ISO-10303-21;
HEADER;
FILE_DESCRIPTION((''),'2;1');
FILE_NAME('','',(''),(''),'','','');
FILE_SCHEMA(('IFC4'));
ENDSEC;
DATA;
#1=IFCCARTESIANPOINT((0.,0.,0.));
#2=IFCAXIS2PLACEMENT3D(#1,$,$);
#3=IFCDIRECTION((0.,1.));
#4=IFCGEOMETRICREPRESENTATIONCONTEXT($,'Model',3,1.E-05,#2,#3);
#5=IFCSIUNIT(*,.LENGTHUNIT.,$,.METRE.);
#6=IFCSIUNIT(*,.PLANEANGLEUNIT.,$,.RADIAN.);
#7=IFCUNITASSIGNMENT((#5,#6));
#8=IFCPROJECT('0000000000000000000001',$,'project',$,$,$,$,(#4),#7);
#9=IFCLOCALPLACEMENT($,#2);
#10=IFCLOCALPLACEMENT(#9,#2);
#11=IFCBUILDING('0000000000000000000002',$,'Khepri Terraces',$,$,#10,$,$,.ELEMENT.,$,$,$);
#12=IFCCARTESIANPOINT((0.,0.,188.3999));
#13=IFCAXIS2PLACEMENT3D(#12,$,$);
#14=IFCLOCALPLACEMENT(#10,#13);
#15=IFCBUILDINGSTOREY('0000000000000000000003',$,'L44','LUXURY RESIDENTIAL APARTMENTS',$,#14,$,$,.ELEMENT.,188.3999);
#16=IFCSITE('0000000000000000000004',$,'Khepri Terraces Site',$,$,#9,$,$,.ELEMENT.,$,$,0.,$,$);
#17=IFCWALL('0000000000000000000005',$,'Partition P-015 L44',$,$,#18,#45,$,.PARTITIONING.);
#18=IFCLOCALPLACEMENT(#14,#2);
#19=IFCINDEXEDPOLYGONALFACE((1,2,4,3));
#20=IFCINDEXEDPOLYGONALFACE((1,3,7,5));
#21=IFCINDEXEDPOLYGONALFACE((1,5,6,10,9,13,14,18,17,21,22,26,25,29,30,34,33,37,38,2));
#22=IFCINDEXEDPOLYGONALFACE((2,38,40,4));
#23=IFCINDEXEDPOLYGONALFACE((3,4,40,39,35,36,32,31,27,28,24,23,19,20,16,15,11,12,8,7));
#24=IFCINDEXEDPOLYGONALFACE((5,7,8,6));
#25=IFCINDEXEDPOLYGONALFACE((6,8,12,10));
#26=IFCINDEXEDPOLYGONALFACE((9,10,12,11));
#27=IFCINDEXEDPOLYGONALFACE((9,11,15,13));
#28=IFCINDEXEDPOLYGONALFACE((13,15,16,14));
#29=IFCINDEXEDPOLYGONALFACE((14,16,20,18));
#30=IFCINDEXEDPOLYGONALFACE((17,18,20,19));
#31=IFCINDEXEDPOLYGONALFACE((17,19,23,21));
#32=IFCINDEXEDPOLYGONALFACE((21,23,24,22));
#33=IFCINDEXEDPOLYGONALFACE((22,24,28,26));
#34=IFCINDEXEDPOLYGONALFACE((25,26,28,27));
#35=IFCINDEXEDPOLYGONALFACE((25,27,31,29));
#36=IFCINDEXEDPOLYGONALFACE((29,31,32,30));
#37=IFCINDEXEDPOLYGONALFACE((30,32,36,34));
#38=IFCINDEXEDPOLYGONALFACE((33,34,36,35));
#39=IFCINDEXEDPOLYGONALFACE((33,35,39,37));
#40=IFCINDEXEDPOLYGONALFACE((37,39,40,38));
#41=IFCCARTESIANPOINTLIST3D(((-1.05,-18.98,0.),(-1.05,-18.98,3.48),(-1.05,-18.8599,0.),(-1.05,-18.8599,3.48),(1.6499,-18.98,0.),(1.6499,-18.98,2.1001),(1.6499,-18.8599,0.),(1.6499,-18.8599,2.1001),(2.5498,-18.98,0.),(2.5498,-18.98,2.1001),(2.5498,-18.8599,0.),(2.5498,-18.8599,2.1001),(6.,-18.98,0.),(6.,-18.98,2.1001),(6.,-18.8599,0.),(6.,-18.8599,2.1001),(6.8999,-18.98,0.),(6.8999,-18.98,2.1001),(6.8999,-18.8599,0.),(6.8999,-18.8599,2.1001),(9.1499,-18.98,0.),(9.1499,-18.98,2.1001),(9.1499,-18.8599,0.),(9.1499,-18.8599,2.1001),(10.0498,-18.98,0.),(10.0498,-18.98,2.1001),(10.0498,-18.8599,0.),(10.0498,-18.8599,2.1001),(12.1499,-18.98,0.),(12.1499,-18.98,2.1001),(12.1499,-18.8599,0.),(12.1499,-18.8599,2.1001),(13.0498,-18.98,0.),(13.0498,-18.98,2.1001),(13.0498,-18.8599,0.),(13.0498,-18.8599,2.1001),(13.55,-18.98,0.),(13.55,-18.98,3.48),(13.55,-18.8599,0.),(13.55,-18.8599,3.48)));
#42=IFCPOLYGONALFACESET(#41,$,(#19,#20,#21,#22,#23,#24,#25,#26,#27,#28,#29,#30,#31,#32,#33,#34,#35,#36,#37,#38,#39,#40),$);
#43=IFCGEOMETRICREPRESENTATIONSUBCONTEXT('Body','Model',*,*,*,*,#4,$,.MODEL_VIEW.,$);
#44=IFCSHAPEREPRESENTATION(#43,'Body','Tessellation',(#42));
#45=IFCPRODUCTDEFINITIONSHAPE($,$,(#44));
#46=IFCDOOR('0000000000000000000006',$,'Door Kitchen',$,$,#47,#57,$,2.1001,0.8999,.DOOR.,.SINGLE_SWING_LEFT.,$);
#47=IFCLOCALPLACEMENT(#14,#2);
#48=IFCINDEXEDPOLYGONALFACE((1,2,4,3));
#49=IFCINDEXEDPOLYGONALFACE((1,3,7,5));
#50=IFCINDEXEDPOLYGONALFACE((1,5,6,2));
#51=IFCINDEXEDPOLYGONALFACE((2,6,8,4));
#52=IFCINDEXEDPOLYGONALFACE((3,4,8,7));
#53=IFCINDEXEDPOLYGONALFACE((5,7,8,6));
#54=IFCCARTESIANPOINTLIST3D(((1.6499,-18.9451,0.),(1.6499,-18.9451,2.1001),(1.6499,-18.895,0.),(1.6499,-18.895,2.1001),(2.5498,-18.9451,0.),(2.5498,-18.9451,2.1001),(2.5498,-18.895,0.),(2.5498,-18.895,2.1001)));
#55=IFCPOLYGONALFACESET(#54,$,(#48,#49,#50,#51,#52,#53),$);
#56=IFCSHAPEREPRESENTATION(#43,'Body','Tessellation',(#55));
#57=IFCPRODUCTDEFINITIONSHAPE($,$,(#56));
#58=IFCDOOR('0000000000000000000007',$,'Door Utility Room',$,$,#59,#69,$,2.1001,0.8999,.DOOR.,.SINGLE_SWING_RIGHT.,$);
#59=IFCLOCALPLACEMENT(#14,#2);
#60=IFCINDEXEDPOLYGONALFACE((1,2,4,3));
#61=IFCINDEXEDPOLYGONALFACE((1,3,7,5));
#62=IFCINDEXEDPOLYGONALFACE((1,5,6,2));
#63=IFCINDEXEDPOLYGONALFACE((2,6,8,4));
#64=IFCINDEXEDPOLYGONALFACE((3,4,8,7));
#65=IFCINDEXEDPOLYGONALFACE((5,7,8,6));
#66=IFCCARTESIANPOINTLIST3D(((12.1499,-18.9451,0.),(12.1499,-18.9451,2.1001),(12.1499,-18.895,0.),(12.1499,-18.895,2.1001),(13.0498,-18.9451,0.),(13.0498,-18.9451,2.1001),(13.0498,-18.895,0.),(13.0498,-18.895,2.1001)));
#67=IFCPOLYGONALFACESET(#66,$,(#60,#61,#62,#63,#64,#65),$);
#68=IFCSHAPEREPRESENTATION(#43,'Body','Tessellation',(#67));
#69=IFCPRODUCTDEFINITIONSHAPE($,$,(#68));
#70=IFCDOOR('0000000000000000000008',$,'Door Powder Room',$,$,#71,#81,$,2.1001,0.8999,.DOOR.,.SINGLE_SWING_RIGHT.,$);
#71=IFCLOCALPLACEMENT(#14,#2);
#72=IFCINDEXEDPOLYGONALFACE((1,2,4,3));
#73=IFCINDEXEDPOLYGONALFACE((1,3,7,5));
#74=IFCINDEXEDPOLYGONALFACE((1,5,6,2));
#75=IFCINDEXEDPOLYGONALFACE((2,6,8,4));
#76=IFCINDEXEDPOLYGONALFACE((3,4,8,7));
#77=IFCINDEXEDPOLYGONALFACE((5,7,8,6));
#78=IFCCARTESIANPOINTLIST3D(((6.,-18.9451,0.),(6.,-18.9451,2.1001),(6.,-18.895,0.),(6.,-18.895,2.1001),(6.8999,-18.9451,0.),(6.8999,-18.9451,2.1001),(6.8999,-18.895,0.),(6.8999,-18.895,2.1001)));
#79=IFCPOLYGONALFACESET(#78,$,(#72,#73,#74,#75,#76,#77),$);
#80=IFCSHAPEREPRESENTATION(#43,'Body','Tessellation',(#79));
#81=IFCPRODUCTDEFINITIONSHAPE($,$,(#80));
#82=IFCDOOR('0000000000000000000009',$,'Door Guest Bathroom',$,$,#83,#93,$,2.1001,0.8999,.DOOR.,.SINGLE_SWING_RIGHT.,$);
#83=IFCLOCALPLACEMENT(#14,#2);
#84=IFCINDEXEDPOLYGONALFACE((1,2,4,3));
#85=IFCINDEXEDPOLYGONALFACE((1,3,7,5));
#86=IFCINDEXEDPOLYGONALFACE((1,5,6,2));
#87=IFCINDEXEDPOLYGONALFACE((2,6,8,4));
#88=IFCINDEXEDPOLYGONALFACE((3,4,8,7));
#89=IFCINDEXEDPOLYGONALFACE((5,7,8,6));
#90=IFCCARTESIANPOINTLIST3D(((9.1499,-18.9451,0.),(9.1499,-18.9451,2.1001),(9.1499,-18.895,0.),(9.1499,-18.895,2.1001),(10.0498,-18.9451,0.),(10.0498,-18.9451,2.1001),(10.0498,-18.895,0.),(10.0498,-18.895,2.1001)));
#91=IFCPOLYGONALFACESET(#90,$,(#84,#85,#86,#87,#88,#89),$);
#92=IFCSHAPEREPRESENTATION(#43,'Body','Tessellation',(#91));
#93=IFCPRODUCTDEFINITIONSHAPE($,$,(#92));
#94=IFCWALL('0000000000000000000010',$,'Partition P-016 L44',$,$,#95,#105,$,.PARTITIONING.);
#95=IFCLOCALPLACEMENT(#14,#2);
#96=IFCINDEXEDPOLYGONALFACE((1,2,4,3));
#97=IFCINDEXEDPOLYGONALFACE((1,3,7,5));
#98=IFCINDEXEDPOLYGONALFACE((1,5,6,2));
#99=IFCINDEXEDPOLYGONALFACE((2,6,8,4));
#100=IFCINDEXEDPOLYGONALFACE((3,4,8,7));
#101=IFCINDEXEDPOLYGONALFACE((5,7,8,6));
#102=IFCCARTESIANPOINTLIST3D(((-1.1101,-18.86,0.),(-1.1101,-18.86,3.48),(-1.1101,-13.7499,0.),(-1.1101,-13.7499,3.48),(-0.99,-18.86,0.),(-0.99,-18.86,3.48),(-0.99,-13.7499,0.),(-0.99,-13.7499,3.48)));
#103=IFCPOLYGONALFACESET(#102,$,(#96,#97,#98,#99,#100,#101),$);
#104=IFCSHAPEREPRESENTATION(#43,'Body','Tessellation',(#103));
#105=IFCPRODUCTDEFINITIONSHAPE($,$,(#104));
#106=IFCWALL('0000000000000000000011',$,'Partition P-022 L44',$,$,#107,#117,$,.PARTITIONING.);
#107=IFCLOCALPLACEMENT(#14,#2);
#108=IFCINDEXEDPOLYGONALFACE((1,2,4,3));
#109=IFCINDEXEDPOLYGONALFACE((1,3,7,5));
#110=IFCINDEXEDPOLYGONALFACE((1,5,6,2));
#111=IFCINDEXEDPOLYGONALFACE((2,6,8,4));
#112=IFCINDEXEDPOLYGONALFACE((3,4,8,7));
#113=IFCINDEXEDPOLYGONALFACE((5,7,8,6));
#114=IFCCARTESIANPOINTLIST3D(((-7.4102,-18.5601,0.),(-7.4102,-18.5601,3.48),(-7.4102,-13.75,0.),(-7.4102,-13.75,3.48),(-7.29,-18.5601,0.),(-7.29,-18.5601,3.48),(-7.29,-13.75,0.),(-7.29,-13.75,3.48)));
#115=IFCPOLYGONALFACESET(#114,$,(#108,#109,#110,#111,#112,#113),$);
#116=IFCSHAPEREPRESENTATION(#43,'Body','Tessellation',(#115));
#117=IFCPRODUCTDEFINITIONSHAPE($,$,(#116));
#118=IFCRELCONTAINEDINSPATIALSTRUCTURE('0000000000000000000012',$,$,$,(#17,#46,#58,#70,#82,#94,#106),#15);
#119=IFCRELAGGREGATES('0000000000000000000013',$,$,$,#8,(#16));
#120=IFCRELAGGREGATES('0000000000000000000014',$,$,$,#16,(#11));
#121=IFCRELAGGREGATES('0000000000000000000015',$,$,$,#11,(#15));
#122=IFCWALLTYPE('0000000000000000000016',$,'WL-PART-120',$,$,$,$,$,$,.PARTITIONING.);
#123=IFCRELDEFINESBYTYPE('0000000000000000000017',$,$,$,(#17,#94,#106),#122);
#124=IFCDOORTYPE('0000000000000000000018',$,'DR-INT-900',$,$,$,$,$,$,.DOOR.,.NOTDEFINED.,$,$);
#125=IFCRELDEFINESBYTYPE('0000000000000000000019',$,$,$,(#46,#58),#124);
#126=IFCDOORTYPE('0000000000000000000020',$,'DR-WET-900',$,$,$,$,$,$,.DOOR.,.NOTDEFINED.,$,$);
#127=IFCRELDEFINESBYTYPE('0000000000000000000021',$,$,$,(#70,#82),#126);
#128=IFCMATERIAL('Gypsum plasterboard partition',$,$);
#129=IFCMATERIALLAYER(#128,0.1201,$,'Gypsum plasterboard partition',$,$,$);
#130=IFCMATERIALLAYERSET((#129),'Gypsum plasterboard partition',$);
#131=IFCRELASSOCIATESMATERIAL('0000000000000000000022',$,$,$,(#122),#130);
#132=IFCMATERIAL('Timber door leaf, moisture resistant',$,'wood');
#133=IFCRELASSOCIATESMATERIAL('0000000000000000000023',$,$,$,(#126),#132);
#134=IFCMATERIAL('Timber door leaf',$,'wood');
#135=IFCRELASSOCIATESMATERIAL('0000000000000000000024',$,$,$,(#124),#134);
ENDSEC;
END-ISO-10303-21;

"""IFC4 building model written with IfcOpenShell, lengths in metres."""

from ifc_helpers import new_model, si_unit, direction, frame, frame_2d, origin, place, context, subcontext, project, spatial, rectangle, extrude, material, layer, layer_set, type_object, element, fill, save


model = new_model("IFC4")

# Units and contexts
model_context = context("Model", 3, precision=1e-05, world=origin(), true_north=direction((0.0, 1.0)))
body_context = subcontext(model_context, "Body", "Model", "MODEL_VIEW")
ifc_project = project(units=[si_unit("LENGTHUNIT", "METRE"), si_unit("PLANEANGLEUNIT", "RADIAN")], contexts=[model_context])

# Site, building, storey
site_placement = place(None, origin())
site = spatial("IfcSite", under=ifc_project, at=site_placement, Name="Khepri Terraces Site", CompositionType="ELEMENT", RefElevation=0.0)
building_placement = place(site_placement, origin())
building = spatial("IfcBuilding", under=site, at=building_placement, Name="Khepri Terraces", CompositionType="ELEMENT")
storey_placement = place(building_placement, frame((0.0, 0.0, 188.3999)))
storey = spatial("IfcBuildingStorey", under=building, at=storey_placement, Name="L44", Description="LUXURY RESIDENTIAL APARTMENTS", CompositionType="ELEMENT", Elevation=188.3999)

# Shared definitions
ifc_material_1 = material(Name="Gypsum plasterboard partition")
ifc_layer_1 = layer(ifc_material_1, 0.1201, Name="Gypsum plasterboard partition")
ifc_layer_set_1 = layer_set([ifc_layer_1], Name="Gypsum plasterboard partition")
wall_type_1 = type_object("IfcWallType", Name="WL-PART-120", PredefinedType="PARTITIONING", material=ifc_layer_set_1)
ifc_material_2 = material(Name="Timber door leaf, moisture resistant", Category="wood")
door_type_1 = type_object("IfcDoorType", Name="DR-WET-900", OperationType="NOTDEFINED", PredefinedType="DOOR", material=ifc_material_2)

# Wall, openings, doors
ifc_material_3 = material(Name="Timber door leaf", Category="wood")
door_type_2 = type_object("IfcDoorType", Name="DR-INT-900", OperationType="NOTDEFINED", PredefinedType="DOOR", material=ifc_material_3)
wall_1_placement = place(storey_placement, frame((-1.05, -18.9199, 0.0), z_axis=(0.0, 0.0, 1.0), x_axis=(1.0, 0.0, 0.0)))
wall_1 = element("IfcWall", 1, at=wall_1_placement, inside=storey, type_object=wall_type_1, Name="Partition P-015 L44", PredefinedType="PARTITIONING", context=body_context, shape_type="SweptSolid", body=[
    extrude(rectangle(XDim=14.6001, YDim=0.1201, at=frame_2d((7.3, 0.0))), origin(), (0.0, 0.0, 1.0), 3.48),
])
opening_1_placement = place(wall_1_placement, frame((2.7, 0.0, 0.0)))
opening_1 = element("IfcOpeningElement", 2, at=opening_1_placement, cuts=wall_1, PredefinedType="OPENING", context=body_context, shape_type="SweptSolid", body=[
    extrude(rectangle(XDim=0.8999, YDim=2.1001, at=frame_2d((0.45, 1.05))), frame((0.0, 0.0701, 0.0), z_axis=(0.0, -1.0, 0.0), x_axis=(1.0, 0.0, 0.0)), (0.0, 0.0, 1.0), 0.1401),
])
opening_2_placement = place(wall_1_placement, frame((7.05, 0.0, 0.0)))
opening_2 = element("IfcOpeningElement", 3, at=opening_2_placement, cuts=wall_1, PredefinedType="OPENING", context=body_context, shape_type="SweptSolid", body=[
    extrude(rectangle(XDim=0.8999, YDim=2.1001, at=frame_2d((0.45, 1.05))), frame((0.0, 0.0701, 0.0), z_axis=(0.0, -1.0, 0.0), x_axis=(1.0, 0.0, 0.0)), (0.0, 0.0, 1.0), 0.1401),
])
opening_3_placement = place(wall_1_placement, frame((10.2, 0.0, 0.0)))
opening_3 = element("IfcOpeningElement", 4, at=opening_3_placement, cuts=wall_1, PredefinedType="OPENING", context=body_context, shape_type="SweptSolid", body=[
    extrude(rectangle(XDim=0.8999, YDim=2.1001, at=frame_2d((0.45, 1.05))), frame((0.0, 0.0701, 0.0), z_axis=(0.0, -1.0, 0.0), x_axis=(1.0, 0.0, 0.0)), (0.0, 0.0, 1.0), 0.1401),
])
opening_4_placement = place(wall_1_placement, frame((13.2, 0.0, 0.0)))
opening_4 = element("IfcOpeningElement", 5, at=opening_4_placement, cuts=wall_1, PredefinedType="OPENING", context=body_context, shape_type="SweptSolid", body=[
    extrude(rectangle(XDim=0.8999, YDim=2.1001, at=frame_2d((0.45, 1.05))), frame((0.0, 0.0701, 0.0), z_axis=(0.0, -1.0, 0.0), x_axis=(1.0, 0.0, 0.0)), (0.0, 0.0, 1.0), 0.1401),
])
door_1_placement = place(opening_1_placement, origin())
door_1 = element("IfcDoor", 6, at=door_1_placement, inside=storey, type_object=door_type_2, Name="Door Kitchen", OperationType="SINGLE_SWING_LEFT", OverallHeight=2.1001, OverallWidth=0.8999, PredefinedType="DOOR", context=body_context, shape_type="SweptSolid", body=[
    extrude(rectangle(XDim=0.8999, YDim=2.1001, at=frame_2d((0.45, 1.05))), frame((0.0, 0.0249, 0.0), z_axis=(0.0, -1.0, 0.0), x_axis=(1.0, 0.0, 0.0)), (0.0, 0.0, 1.0), 0.05),
])
fill(opening_1, door_1)
door_2_placement = place(opening_4_placement, origin())
door_2 = element("IfcDoor", 7, at=door_2_placement, inside=storey, type_object=door_type_2, Name="Door Utility Room", OperationType="SINGLE_SWING_RIGHT", OverallHeight=2.1001, OverallWidth=0.8999, PredefinedType="DOOR", context=body_context, shape_type="SweptSolid", body=[
    extrude(rectangle(XDim=0.8999, YDim=2.1001, at=frame_2d((0.45, 1.05))), frame((0.0, 0.0249, 0.0), z_axis=(0.0, -1.0, 0.0), x_axis=(1.0, 0.0, 0.0)), (0.0, 0.0, 1.0), 0.05),
])
fill(opening_4, door_2)
door_3_placement = place(opening_2_placement, origin())
door_3 = element("IfcDoor", 8, at=door_3_placement, inside=storey, type_object=door_type_1, Name="Door Powder Room", OperationType="SINGLE_SWING_RIGHT", OverallHeight=2.1001, OverallWidth=0.8999, PredefinedType="DOOR", context=body_context, shape_type="SweptSolid", body=[
    extrude(rectangle(XDim=0.8999, YDim=2.1001, at=frame_2d((0.45, 1.05))), frame((0.0, 0.0249, 0.0), z_axis=(0.0, -1.0, 0.0), x_axis=(1.0, 0.0, 0.0)), (0.0, 0.0, 1.0), 0.05),
])
fill(opening_2, door_3)
door_4_placement = place(opening_3_placement, origin())
door_4 = element("IfcDoor", 9, at=door_4_placement, inside=storey, type_object=door_type_1, Name="Door Guest Bathroom", OperationType="SINGLE_SWING_RIGHT", OverallHeight=2.1001, OverallWidth=0.8999, PredefinedType="DOOR", context=body_context, shape_type="SweptSolid", body=[
    extrude(rectangle(XDim=0.8999, YDim=2.1001, at=frame_2d((0.45, 1.05))), frame((0.0, 0.0249, 0.0), z_axis=(0.0, -1.0, 0.0), x_axis=(1.0, 0.0, 0.0)), (0.0, 0.0, 1.0), 0.05),
])
fill(opening_3, door_4)

# Walls
wall_2_placement = place(storey_placement, frame((-1.05, -18.8601, 0.0), z_axis=(0.0, 0.0, 1.0), x_axis=(0.0, 1.0, 0.0)))
element("IfcWall", 10, at=wall_2_placement, inside=storey, type_object=wall_type_1, Name="Partition P-016 L44", PredefinedType="PARTITIONING", context=body_context, shape_type="SweptSolid", body=[
    extrude(rectangle(XDim=5.1101, YDim=0.1201, at=frame_2d((2.5552, 0.0))), origin(), (0.0, 0.0, 1.0), 3.48),
])
wall_3_placement = place(storey_placement, frame((-7.3501, -18.5601, 0.0), z_axis=(0.0, 0.0, 1.0), x_axis=(0.0, 1.0, 0.0)))
element("IfcWall", 11, at=wall_3_placement, inside=storey, type_object=wall_type_1, Name="Partition P-022 L44", PredefinedType="PARTITIONING", context=body_context, shape_type="SweptSolid", body=[
    extrude(rectangle(XDim=4.8101, YDim=0.1201, at=frame_2d((2.405, 0.0))), origin(), (0.0, 0.0, 1.0), 3.48),
])

save(model, "model.ifc")
